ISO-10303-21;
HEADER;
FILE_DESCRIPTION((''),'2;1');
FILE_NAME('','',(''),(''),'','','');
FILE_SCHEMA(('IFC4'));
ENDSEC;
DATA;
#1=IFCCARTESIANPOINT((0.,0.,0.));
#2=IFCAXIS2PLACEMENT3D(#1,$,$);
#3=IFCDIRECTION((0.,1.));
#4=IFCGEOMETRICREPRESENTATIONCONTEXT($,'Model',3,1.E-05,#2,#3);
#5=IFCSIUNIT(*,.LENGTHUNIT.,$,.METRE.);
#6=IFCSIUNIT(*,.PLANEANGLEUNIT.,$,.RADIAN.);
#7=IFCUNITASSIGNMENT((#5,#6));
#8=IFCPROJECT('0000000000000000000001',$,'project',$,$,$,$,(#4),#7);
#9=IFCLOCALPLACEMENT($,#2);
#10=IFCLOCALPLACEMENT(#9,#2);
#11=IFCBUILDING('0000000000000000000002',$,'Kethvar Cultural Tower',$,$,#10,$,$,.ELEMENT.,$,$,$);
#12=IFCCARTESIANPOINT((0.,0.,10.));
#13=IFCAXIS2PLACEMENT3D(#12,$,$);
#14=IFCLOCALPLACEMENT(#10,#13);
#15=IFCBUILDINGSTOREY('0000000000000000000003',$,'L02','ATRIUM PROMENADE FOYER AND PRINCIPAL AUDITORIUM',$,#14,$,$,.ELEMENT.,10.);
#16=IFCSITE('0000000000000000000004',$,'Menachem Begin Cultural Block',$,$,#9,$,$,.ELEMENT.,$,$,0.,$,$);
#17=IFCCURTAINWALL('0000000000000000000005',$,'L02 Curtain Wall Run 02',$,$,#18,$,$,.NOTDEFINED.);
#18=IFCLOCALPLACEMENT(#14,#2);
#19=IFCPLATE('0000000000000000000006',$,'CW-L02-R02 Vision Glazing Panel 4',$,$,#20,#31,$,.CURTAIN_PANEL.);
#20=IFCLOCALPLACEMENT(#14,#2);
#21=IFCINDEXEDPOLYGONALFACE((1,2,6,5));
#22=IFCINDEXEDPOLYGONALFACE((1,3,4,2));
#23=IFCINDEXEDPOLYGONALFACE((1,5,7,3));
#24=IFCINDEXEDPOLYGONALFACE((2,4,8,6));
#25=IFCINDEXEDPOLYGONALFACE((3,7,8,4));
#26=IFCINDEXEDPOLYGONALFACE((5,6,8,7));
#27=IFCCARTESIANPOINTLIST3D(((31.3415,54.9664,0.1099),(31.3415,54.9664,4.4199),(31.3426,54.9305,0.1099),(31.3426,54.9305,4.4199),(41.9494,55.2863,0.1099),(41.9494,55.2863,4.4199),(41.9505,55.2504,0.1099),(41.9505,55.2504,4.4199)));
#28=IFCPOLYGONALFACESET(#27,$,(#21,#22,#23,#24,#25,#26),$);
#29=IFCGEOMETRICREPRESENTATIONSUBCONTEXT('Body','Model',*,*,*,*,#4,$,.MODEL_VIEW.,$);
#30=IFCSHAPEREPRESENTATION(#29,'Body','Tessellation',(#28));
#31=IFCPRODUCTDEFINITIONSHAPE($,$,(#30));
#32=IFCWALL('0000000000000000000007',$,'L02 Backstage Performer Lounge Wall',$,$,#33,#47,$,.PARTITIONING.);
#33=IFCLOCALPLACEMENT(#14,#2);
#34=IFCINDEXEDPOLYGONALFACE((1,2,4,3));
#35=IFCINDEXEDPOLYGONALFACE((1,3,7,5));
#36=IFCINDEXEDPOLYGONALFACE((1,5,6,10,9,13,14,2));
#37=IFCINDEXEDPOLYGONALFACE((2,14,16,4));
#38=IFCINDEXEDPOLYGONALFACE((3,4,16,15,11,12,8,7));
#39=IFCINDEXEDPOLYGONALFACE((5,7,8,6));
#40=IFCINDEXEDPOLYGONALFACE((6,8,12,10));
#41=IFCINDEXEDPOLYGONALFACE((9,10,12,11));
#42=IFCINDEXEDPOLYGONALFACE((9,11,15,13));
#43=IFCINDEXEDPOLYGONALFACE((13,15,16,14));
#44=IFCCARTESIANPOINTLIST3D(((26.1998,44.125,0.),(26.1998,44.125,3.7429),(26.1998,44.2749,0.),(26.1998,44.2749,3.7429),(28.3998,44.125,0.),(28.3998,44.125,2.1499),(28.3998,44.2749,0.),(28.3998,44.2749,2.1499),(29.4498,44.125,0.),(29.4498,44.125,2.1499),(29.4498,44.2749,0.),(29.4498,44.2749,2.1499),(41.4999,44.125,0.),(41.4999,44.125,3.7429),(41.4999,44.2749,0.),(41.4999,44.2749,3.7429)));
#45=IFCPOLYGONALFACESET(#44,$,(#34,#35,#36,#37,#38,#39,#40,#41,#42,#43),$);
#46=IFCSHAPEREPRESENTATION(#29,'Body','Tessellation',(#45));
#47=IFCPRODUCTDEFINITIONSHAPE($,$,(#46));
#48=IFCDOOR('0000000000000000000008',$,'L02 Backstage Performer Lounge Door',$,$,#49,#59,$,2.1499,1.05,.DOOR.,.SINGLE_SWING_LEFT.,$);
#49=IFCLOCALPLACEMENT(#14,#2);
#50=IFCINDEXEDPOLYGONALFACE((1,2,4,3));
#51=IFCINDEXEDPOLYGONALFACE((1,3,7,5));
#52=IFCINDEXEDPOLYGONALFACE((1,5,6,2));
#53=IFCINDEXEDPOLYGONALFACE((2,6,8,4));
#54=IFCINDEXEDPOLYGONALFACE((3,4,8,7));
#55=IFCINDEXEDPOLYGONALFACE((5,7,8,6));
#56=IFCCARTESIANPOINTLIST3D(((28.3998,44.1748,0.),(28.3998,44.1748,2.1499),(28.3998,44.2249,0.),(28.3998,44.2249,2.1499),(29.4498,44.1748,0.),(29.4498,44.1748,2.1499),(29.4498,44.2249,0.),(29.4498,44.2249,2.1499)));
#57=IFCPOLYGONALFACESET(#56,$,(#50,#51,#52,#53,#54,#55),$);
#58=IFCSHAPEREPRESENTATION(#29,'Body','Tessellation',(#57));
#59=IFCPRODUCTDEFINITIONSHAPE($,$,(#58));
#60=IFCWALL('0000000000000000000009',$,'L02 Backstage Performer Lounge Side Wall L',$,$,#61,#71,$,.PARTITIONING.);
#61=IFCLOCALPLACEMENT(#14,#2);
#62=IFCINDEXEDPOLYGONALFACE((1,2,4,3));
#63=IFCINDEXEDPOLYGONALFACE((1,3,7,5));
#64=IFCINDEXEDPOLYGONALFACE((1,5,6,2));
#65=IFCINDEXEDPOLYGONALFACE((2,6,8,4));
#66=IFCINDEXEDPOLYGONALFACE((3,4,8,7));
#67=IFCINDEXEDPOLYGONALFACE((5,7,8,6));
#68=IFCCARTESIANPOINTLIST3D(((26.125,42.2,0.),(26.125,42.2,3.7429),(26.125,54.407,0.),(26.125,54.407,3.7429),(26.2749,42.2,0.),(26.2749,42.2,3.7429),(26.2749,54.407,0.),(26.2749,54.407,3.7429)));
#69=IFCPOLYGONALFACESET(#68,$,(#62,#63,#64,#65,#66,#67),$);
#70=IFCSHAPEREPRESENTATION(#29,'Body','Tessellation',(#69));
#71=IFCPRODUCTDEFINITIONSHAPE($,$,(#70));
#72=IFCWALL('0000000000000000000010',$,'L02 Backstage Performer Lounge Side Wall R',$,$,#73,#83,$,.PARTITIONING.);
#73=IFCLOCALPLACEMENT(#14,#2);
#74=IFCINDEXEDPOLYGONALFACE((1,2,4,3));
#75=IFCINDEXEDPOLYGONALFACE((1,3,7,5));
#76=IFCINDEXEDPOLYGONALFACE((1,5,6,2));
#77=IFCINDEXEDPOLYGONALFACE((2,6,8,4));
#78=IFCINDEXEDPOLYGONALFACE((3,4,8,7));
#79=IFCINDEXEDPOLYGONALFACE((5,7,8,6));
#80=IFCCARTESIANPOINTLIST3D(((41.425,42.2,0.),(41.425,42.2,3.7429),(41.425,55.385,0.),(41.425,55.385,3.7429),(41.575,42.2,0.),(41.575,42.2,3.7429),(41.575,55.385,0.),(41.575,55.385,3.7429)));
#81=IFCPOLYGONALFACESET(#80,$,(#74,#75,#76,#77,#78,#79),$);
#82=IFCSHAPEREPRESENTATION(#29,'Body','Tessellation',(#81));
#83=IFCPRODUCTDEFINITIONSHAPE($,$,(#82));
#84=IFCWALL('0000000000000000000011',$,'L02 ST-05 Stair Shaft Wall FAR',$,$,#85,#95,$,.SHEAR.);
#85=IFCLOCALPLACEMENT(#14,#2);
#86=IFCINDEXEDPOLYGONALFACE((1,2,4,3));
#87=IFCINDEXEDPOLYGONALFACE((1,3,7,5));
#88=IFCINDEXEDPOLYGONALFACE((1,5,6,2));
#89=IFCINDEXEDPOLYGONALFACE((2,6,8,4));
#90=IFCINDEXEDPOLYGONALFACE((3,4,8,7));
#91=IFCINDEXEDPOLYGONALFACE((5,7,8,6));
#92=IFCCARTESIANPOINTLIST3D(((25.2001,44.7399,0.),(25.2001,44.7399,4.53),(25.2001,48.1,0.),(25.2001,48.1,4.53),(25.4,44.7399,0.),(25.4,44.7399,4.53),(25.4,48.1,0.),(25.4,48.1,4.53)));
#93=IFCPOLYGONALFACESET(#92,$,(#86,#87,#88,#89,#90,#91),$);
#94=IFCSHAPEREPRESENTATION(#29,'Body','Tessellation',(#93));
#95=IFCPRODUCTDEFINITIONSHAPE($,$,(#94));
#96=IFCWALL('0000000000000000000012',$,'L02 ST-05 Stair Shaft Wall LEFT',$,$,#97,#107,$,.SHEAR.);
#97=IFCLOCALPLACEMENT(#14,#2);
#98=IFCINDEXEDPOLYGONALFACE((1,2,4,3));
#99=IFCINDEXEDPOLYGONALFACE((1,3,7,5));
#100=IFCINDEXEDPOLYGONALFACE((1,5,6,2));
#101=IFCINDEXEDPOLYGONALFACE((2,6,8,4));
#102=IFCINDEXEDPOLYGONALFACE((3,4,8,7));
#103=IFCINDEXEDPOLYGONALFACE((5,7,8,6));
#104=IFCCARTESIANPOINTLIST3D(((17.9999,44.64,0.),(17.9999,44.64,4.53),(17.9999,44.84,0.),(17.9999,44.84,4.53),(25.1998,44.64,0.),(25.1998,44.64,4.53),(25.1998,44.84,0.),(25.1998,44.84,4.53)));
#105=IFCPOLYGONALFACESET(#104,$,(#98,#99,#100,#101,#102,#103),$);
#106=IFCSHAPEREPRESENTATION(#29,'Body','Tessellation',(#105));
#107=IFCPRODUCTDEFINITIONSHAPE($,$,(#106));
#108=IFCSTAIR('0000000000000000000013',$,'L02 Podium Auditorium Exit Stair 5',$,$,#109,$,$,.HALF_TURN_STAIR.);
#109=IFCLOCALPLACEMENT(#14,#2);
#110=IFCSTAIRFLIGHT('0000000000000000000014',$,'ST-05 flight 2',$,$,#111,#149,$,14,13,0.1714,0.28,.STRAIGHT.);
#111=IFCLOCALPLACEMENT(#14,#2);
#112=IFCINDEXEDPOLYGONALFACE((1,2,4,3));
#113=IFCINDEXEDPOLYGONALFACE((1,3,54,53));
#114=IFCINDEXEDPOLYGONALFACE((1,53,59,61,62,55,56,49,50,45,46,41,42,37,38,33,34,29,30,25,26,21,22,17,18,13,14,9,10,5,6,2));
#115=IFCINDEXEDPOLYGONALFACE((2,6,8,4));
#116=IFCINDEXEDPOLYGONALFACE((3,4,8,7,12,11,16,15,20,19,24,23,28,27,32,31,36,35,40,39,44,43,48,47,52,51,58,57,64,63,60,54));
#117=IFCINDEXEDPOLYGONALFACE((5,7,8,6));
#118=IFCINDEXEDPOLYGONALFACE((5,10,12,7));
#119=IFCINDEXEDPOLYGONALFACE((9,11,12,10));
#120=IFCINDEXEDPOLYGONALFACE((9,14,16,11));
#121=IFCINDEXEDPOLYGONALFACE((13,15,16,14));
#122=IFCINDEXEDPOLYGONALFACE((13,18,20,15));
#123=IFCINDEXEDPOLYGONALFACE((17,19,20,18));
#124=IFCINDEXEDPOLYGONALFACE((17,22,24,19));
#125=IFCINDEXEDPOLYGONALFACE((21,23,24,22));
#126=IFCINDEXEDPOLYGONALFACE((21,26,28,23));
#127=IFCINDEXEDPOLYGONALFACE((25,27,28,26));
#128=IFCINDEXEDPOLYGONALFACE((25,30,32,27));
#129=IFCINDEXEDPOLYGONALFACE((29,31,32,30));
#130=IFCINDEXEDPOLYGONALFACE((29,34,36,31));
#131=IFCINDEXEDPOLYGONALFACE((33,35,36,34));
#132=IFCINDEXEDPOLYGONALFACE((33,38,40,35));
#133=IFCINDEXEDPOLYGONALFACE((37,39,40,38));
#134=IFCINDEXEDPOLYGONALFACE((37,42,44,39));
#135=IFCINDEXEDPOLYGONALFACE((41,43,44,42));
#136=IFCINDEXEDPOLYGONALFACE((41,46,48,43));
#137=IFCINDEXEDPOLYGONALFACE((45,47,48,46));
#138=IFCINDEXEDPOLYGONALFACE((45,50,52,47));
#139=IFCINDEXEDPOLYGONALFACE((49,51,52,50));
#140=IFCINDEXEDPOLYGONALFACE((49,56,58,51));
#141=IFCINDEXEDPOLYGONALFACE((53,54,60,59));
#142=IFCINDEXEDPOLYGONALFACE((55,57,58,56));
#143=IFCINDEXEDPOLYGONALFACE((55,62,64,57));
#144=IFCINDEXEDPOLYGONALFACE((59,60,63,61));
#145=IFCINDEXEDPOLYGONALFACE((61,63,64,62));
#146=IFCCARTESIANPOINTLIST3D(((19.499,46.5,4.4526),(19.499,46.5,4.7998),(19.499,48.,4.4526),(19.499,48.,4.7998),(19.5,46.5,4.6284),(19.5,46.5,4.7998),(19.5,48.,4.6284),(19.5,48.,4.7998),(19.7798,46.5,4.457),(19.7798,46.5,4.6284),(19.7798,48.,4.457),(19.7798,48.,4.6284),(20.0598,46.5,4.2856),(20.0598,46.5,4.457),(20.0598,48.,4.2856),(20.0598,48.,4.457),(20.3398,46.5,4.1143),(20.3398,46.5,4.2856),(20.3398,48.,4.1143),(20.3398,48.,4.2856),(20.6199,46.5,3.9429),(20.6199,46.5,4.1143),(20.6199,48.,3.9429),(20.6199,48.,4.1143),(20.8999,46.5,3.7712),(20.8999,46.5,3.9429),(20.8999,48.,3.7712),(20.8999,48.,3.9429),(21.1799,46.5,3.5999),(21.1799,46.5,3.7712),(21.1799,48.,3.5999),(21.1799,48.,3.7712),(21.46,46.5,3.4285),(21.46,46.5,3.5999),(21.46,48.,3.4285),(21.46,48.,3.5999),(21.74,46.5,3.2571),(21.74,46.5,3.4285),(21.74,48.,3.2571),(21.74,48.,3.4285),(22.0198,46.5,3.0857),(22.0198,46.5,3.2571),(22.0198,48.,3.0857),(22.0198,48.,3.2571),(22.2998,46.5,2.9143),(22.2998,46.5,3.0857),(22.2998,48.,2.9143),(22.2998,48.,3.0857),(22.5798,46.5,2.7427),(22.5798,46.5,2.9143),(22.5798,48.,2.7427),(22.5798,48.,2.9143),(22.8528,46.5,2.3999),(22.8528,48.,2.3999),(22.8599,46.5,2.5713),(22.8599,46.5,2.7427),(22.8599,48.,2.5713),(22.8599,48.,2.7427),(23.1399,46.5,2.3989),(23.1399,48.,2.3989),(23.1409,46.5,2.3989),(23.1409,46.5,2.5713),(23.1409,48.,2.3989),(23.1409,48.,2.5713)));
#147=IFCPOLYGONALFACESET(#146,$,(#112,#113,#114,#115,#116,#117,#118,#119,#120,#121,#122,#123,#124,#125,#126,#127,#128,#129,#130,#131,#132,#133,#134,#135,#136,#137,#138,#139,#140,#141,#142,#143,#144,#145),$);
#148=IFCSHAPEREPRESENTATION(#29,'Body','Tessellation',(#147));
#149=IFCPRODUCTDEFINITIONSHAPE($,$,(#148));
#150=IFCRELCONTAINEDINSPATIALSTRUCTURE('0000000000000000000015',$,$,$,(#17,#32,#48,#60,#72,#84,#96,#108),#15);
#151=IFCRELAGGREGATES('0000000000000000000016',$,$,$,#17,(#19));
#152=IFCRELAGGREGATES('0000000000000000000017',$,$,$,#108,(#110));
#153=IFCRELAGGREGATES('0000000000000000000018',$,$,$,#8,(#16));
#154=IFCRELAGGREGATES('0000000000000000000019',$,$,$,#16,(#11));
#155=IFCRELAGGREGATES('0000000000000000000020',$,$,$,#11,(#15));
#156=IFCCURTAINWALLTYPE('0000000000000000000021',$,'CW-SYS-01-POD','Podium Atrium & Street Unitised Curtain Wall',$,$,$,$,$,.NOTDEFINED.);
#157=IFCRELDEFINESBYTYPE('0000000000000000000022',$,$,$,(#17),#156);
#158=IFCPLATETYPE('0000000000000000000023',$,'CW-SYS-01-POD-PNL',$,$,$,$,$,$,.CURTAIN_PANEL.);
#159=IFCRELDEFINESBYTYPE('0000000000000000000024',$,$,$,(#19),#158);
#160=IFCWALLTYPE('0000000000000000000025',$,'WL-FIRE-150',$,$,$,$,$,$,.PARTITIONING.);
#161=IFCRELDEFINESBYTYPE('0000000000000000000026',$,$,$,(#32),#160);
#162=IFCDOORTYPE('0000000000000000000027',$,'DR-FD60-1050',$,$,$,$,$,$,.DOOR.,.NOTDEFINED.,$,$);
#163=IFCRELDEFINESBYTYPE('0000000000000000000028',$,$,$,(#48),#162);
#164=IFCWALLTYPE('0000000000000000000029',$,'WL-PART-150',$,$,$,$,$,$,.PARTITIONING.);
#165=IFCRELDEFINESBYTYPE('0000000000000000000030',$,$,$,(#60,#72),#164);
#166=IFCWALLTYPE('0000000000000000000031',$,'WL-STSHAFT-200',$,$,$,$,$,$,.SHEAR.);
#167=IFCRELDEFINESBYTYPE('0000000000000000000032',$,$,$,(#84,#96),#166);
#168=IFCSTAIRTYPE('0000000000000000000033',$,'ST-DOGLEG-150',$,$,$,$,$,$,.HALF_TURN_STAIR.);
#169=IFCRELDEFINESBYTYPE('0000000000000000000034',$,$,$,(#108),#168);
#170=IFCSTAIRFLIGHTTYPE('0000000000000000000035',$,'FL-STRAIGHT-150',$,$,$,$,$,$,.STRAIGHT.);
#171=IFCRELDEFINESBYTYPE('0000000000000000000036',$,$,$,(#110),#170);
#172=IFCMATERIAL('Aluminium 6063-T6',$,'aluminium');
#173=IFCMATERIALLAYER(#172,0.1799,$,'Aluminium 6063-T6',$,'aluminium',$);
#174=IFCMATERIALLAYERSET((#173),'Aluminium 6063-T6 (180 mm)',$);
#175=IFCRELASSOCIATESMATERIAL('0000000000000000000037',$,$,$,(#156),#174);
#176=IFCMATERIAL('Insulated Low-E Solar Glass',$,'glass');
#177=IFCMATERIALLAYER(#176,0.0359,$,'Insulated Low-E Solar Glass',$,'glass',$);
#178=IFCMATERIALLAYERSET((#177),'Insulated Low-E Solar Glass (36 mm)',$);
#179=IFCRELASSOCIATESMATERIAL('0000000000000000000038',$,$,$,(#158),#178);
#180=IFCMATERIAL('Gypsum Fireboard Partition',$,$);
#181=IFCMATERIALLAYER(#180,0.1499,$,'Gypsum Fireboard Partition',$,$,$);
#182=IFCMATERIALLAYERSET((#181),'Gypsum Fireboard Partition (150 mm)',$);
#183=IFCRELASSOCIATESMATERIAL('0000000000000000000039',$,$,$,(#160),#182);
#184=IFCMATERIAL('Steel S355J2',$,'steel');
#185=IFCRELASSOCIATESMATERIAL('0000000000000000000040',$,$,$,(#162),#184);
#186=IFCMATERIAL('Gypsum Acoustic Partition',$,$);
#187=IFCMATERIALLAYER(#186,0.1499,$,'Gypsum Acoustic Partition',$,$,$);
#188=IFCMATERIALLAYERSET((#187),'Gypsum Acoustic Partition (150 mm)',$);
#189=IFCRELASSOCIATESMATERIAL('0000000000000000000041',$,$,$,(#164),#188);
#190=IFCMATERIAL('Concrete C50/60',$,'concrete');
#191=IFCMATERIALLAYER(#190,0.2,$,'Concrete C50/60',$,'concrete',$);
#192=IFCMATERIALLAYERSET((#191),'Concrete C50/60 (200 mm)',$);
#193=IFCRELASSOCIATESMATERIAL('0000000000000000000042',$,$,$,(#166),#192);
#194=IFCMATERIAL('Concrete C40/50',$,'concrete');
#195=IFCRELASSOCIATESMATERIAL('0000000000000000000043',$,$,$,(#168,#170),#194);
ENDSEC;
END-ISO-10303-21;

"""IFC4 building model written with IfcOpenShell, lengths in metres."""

from ifc_helpers import new_model, si_unit, direction, frame, frame_2d, origin, origin_2d, place, context, subcontext, project, spatial, polyline, rectangle, outline, extrude, source, transform, mapped, material, layer, layer_set, type_object, element, fill, aggregate, save


model = new_model("IFC4")

# Units and contexts
model_context = context("Model", 3, precision=1e-05, world=origin(), true_north=direction((0.0, 1.0)))
body_context = subcontext(model_context, "Body", "Model", "MODEL_VIEW")
ifc_project = project(units=[si_unit("LENGTHUNIT", "METRE"), si_unit("PLANEANGLEUNIT", "RADIAN")], contexts=[model_context])

# Site, building, storey
site_placement = place(None, origin())
site = spatial("IfcSite", under=ifc_project, at=site_placement, Name="Menachem Begin Cultural Block", CompositionType="ELEMENT", RefElevation=0.0)
building_placement = place(site_placement, origin())
building = spatial("IfcBuilding", under=site, at=building_placement, Name="Kethvar Cultural Tower", CompositionType="ELEMENT")
storey_placement = place(building_placement, frame((0.0, 0.0, 10.0)))
storey = spatial("IfcBuildingStorey", under=building, at=storey_placement, Name="L02", Description="ATRIUM PROMENADE FOYER AND PRINCIPAL AUDITORIUM", CompositionType="ELEMENT", Elevation=10.0)

# Shared definitions
ifc_material_1 = material(Name="Steel S355J2", Category="steel")

# Curtain wall, plate
ifc_material_2 = material(Name="Aluminium 6063-T6", Category="aluminium")
ifc_layer_1 = layer(ifc_material_2, 0.1799, Name="Aluminium 6063-T6", Category="aluminium")
ifc_layer_set_1 = layer_set([ifc_layer_1], Name="Aluminium 6063-T6 (180 mm)")
curtain_wall_type = type_object("IfcCurtainWallType", Name="CW-SYS-01-POD", Description="Podium Atrium & Street Unitised Curtain Wall", PredefinedType="NOTDEFINED", material=ifc_layer_set_1)
curtain_wall_placement = place(storey_placement, origin())
curtain_wall = element("IfcCurtainWall", 1, at=curtain_wall_placement, inside=storey, type_object=curtain_wall_type, Name="L02 Curtain Wall Run 02", PredefinedType="NOTDEFINED")
ifc_material_3 = material(Name="Insulated Low-E Solar Glass", Category="glass")
ifc_layer_2 = layer(ifc_material_3, 0.0359, Name="Insulated Low-E Solar Glass", Category="glass")
ifc_layer_set_2 = layer_set([ifc_layer_2], Name="Insulated Low-E Solar Glass (36 mm)")
plate_type = type_object("IfcPlateType", Name="CW-SYS-01-POD-PNL", PredefinedType="CURTAIN_PANEL", material=ifc_layer_set_2)
shared_shape_1 = source(origin(), body_context, "Body", "SweptSolid", [
    extrude(rectangle(XDim=10.6128, YDim=0.0359, at=origin_2d()), origin(), (0.0, 0.0, 1.0), 4.3101),
])
plate_1_placement = place(storey_placement, frame((36.646, 55.1084, 0.1099), z_axis=(0.0, 0.0, 1.0), x_axis=(-0.999546, -0.030137, 0.0)))
plate_1 = element("IfcPlate", 2, at=plate_1_placement, type_object=plate_type, Name="CW-L02-R02 Vision Glazing Panel 4", PredefinedType="CURTAIN_PANEL", context=body_context, shape_type="MappedRepresentation", body=[
    mapped(shared_shape_1, transform((0.0, 0.0, 0.0), scale=1.0)),
])
aggregate(curtain_wall, [plate_1])

# Wall, opening, door
ifc_material_4 = material(Name="Gypsum Fireboard Partition")
ifc_layer_3 = layer(ifc_material_4, 0.1499, Name="Gypsum Fireboard Partition")
ifc_layer_set_3 = layer_set([ifc_layer_3], Name="Gypsum Fireboard Partition (150 mm)")
wall_type_1 = type_object("IfcWallType", Name="WL-FIRE-150", PredefinedType="PARTITIONING", material=ifc_layer_set_3)
wall_1_placement = place(storey_placement, frame((26.2, 44.2, 0.0), z_axis=(0.0, 0.0, 1.0), x_axis=(1.0, 0.0, 0.0)))
wall_1 = element("IfcWall", 3, at=wall_1_placement, inside=storey, type_object=wall_type_1, Name="L02 Backstage Performer Lounge Wall", PredefinedType="PARTITIONING", context=body_context, shape_type="SweptSolid", body=[
    extrude(rectangle(XDim=15.3, YDim=0.1499, at=frame_2d((7.6499, 0.0))), origin(), (0.0, 0.0, 1.0), 3.7429),
])
opening_placement = place(wall_1_placement, frame((2.2, 0.0, 0.0)))
opening = element("IfcOpeningElement", 4, at=opening_placement, cuts=wall_1, PredefinedType="OPENING", context=body_context, shape_type="SweptSolid", body=[
    extrude(rectangle(XDim=1.05, YDim=2.1499, at=frame_2d((0.5249, 1.075))), frame((0.0, 0.085, 0.0), z_axis=(0.0, -1.0, 0.0), x_axis=(1.0, 0.0, 0.0)), (0.0, 0.0, 1.0), 0.1699),
])
door_type = type_object("IfcDoorType", Name="DR-FD60-1050", OperationType="NOTDEFINED", PredefinedType="DOOR", material=ifc_material_1)
shared_shape_2 = source(origin(), body_context, "Body", "SweptSolid", [
    extrude(rectangle(XDim=1.05, YDim=2.1499, at=frame_2d((0.5249, 1.075))), frame((0.0, 0.0249, 0.0), z_axis=(0.0, -1.0, 0.0), x_axis=(1.0, 0.0, 0.0)), (0.0, 0.0, 1.0), 0.05),
])
door_placement = place(opening_placement, origin())
door = element("IfcDoor", 5, at=door_placement, inside=storey, type_object=door_type, Name="L02 Backstage Performer Lounge Door", OperationType="SINGLE_SWING_LEFT", OverallHeight=2.1499, OverallWidth=1.05, PredefinedType="DOOR", context=body_context, shape_type="MappedRepresentation", body=[
    mapped(shared_shape_2, transform((0.0, 0.0, 0.0), scale=1.0)),
])
fill(opening, door)

# Walls
ifc_material_5 = material(Name="Gypsum Acoustic Partition")
ifc_layer_4 = layer(ifc_material_5, 0.1499, Name="Gypsum Acoustic Partition")
ifc_layer_set_4 = layer_set([ifc_layer_4], Name="Gypsum Acoustic Partition (150 mm)")
wall_type_2 = type_object("IfcWallType", Name="WL-PART-150", PredefinedType="PARTITIONING", material=ifc_layer_set_4)
wall_2_placement = place(storey_placement, frame((26.2, 42.2, 0.0), z_axis=(0.0, 0.0, 1.0), x_axis=(0.0, 1.0, 0.0)))
element("IfcWall", 6, at=wall_2_placement, inside=storey, type_object=wall_type_2, Name="L02 Backstage Performer Lounge Side Wall L", PredefinedType="PARTITIONING", context=body_context, shape_type="SweptSolid", body=[
    extrude(rectangle(XDim=12.207, YDim=0.1499, at=frame_2d((6.1035, 0.0))), origin(), (0.0, 0.0, 1.0), 3.7429),
])
wall_3_placement = place(storey_placement, frame((41.5, 42.2, 0.0), z_axis=(0.0, 0.0, 1.0), x_axis=(0.0, 1.0, 0.0)))
element("IfcWall", 7, at=wall_3_placement, inside=storey, type_object=wall_type_2, Name="L02 Backstage Performer Lounge Side Wall R", PredefinedType="PARTITIONING", context=body_context, shape_type="SweptSolid", body=[
    extrude(rectangle(XDim=13.1851, YDim=0.1499, at=frame_2d((6.5925, 0.0))), origin(), (0.0, 0.0, 1.0), 3.7429),
])
ifc_material_6 = material(Name="Concrete C50/60", Category="concrete")
ifc_layer_5 = layer(ifc_material_6, 0.2, Name="Concrete C50/60", Category="concrete")
ifc_layer_set_5 = layer_set([ifc_layer_5], Name="Concrete C50/60 (200 mm)")
wall_type_3 = type_object("IfcWallType", Name="WL-STSHAFT-200", PredefinedType="SHEAR", material=ifc_layer_set_5)
wall_4_placement = place(storey_placement, frame((25.3, 48.1001, 0.0), z_axis=(0.0, 0.0, 1.0), x_axis=(0.0, -1.0, 0.0)))
element("IfcWall", 8, at=wall_4_placement, inside=storey, type_object=wall_type_3, Name="L02 ST-05 Stair Shaft Wall FAR", PredefinedType="SHEAR", context=body_context, shape_type="SweptSolid", body=[
    extrude(rectangle(XDim=3.3601, YDim=0.2, at=frame_2d((1.6802, 0.0))), origin(), (0.0, 0.0, 1.0), 4.53),
])
wall_5_placement = place(storey_placement, frame((25.2, 44.74, 0.0), z_axis=(0.0, 0.0, 1.0), x_axis=(-1.0, 0.0, 0.0)))
element("IfcWall", 9, at=wall_5_placement, inside=storey, type_object=wall_type_3, Name="L02 ST-05 Stair Shaft Wall LEFT", PredefinedType="SHEAR", context=body_context, shape_type="SweptSolid", body=[
    extrude(rectangle(XDim=7.2, YDim=0.2, at=frame_2d((3.6001, 0.0))), origin(), (0.0, 0.0, 1.0), 4.53),
])

# Stair, stair flight
ifc_material_7 = material(Name="Concrete C40/50", Category="concrete")
stair_type = type_object("IfcStairType", Name="ST-DOGLEG-150", PredefinedType="HALF_TURN_STAIR", material=ifc_material_7)
stair_placement = place(storey_placement, origin())
stair = element("IfcStair", 10, at=stair_placement, inside=storey, type_object=stair_type, Name="L02 Podium Auditorium Exit Stair 5", PredefinedType="HALF_TURN_STAIR")
stair_flight_type = type_object("IfcStairFlightType", Name="FL-STRAIGHT-150", PredefinedType="STRAIGHT", material=ifc_material_7)
stair_flight_placement = place(storey_placement, frame((23.1399, 47.25, 2.3999), z_axis=(0.0, 0.0, 1.0), x_axis=(-1.0, 0.0, 0.0)))
stair_flight = element("IfcStairFlight", 11, at=stair_flight_placement, type_object=stair_flight_type, Name="ST-05 flight 2", NumberOfRisers=14, NumberOfTreads=13, PredefinedType="STRAIGHT", RiserHeight=0.1714, TreadLength=0.28, context=body_context, shape_type="SweptSolid", body=[
    extrude(outline(polyline([(-0.001, -0.001), (-0.001, 0.1714), (0.28, 0.1714), (0.28, 0.3428), (0.5601, 0.3428), (0.5601, 0.5144), (0.8401, 0.5144), (0.8401, 0.6858), (1.1201, 0.6858), (1.1201, 0.8572), (1.3999, 0.8572), (1.3999, 1.0286), (1.6799, 1.0286), (1.6799, 1.2), (1.96, 1.2), (1.96, 1.3713), (2.24, 1.3713), (2.24, 1.543), (2.52, 1.543), (2.52, 1.7144), (2.8, 1.7144), (2.8, 1.8857), (3.0801, 1.8857), (3.0801, 2.0571), (3.3601, 2.0571), (3.3601, 2.2285), (3.6399, 2.2285), (3.6399, 2.3999), (3.6409, 2.3999), (3.6409, 2.0527), (0.2871, 0.0), (0.0, -0.001), (-0.001, -0.001)])), frame((0.0, 0.75, 0.0), z_axis=(0.0, -1.0, 0.0), x_axis=(1.0, 0.0, 0.0)), (0.0, 0.0, 1.0), 1.5),
])
aggregate(stair, [stair_flight])

save(model, "model.ifc")
